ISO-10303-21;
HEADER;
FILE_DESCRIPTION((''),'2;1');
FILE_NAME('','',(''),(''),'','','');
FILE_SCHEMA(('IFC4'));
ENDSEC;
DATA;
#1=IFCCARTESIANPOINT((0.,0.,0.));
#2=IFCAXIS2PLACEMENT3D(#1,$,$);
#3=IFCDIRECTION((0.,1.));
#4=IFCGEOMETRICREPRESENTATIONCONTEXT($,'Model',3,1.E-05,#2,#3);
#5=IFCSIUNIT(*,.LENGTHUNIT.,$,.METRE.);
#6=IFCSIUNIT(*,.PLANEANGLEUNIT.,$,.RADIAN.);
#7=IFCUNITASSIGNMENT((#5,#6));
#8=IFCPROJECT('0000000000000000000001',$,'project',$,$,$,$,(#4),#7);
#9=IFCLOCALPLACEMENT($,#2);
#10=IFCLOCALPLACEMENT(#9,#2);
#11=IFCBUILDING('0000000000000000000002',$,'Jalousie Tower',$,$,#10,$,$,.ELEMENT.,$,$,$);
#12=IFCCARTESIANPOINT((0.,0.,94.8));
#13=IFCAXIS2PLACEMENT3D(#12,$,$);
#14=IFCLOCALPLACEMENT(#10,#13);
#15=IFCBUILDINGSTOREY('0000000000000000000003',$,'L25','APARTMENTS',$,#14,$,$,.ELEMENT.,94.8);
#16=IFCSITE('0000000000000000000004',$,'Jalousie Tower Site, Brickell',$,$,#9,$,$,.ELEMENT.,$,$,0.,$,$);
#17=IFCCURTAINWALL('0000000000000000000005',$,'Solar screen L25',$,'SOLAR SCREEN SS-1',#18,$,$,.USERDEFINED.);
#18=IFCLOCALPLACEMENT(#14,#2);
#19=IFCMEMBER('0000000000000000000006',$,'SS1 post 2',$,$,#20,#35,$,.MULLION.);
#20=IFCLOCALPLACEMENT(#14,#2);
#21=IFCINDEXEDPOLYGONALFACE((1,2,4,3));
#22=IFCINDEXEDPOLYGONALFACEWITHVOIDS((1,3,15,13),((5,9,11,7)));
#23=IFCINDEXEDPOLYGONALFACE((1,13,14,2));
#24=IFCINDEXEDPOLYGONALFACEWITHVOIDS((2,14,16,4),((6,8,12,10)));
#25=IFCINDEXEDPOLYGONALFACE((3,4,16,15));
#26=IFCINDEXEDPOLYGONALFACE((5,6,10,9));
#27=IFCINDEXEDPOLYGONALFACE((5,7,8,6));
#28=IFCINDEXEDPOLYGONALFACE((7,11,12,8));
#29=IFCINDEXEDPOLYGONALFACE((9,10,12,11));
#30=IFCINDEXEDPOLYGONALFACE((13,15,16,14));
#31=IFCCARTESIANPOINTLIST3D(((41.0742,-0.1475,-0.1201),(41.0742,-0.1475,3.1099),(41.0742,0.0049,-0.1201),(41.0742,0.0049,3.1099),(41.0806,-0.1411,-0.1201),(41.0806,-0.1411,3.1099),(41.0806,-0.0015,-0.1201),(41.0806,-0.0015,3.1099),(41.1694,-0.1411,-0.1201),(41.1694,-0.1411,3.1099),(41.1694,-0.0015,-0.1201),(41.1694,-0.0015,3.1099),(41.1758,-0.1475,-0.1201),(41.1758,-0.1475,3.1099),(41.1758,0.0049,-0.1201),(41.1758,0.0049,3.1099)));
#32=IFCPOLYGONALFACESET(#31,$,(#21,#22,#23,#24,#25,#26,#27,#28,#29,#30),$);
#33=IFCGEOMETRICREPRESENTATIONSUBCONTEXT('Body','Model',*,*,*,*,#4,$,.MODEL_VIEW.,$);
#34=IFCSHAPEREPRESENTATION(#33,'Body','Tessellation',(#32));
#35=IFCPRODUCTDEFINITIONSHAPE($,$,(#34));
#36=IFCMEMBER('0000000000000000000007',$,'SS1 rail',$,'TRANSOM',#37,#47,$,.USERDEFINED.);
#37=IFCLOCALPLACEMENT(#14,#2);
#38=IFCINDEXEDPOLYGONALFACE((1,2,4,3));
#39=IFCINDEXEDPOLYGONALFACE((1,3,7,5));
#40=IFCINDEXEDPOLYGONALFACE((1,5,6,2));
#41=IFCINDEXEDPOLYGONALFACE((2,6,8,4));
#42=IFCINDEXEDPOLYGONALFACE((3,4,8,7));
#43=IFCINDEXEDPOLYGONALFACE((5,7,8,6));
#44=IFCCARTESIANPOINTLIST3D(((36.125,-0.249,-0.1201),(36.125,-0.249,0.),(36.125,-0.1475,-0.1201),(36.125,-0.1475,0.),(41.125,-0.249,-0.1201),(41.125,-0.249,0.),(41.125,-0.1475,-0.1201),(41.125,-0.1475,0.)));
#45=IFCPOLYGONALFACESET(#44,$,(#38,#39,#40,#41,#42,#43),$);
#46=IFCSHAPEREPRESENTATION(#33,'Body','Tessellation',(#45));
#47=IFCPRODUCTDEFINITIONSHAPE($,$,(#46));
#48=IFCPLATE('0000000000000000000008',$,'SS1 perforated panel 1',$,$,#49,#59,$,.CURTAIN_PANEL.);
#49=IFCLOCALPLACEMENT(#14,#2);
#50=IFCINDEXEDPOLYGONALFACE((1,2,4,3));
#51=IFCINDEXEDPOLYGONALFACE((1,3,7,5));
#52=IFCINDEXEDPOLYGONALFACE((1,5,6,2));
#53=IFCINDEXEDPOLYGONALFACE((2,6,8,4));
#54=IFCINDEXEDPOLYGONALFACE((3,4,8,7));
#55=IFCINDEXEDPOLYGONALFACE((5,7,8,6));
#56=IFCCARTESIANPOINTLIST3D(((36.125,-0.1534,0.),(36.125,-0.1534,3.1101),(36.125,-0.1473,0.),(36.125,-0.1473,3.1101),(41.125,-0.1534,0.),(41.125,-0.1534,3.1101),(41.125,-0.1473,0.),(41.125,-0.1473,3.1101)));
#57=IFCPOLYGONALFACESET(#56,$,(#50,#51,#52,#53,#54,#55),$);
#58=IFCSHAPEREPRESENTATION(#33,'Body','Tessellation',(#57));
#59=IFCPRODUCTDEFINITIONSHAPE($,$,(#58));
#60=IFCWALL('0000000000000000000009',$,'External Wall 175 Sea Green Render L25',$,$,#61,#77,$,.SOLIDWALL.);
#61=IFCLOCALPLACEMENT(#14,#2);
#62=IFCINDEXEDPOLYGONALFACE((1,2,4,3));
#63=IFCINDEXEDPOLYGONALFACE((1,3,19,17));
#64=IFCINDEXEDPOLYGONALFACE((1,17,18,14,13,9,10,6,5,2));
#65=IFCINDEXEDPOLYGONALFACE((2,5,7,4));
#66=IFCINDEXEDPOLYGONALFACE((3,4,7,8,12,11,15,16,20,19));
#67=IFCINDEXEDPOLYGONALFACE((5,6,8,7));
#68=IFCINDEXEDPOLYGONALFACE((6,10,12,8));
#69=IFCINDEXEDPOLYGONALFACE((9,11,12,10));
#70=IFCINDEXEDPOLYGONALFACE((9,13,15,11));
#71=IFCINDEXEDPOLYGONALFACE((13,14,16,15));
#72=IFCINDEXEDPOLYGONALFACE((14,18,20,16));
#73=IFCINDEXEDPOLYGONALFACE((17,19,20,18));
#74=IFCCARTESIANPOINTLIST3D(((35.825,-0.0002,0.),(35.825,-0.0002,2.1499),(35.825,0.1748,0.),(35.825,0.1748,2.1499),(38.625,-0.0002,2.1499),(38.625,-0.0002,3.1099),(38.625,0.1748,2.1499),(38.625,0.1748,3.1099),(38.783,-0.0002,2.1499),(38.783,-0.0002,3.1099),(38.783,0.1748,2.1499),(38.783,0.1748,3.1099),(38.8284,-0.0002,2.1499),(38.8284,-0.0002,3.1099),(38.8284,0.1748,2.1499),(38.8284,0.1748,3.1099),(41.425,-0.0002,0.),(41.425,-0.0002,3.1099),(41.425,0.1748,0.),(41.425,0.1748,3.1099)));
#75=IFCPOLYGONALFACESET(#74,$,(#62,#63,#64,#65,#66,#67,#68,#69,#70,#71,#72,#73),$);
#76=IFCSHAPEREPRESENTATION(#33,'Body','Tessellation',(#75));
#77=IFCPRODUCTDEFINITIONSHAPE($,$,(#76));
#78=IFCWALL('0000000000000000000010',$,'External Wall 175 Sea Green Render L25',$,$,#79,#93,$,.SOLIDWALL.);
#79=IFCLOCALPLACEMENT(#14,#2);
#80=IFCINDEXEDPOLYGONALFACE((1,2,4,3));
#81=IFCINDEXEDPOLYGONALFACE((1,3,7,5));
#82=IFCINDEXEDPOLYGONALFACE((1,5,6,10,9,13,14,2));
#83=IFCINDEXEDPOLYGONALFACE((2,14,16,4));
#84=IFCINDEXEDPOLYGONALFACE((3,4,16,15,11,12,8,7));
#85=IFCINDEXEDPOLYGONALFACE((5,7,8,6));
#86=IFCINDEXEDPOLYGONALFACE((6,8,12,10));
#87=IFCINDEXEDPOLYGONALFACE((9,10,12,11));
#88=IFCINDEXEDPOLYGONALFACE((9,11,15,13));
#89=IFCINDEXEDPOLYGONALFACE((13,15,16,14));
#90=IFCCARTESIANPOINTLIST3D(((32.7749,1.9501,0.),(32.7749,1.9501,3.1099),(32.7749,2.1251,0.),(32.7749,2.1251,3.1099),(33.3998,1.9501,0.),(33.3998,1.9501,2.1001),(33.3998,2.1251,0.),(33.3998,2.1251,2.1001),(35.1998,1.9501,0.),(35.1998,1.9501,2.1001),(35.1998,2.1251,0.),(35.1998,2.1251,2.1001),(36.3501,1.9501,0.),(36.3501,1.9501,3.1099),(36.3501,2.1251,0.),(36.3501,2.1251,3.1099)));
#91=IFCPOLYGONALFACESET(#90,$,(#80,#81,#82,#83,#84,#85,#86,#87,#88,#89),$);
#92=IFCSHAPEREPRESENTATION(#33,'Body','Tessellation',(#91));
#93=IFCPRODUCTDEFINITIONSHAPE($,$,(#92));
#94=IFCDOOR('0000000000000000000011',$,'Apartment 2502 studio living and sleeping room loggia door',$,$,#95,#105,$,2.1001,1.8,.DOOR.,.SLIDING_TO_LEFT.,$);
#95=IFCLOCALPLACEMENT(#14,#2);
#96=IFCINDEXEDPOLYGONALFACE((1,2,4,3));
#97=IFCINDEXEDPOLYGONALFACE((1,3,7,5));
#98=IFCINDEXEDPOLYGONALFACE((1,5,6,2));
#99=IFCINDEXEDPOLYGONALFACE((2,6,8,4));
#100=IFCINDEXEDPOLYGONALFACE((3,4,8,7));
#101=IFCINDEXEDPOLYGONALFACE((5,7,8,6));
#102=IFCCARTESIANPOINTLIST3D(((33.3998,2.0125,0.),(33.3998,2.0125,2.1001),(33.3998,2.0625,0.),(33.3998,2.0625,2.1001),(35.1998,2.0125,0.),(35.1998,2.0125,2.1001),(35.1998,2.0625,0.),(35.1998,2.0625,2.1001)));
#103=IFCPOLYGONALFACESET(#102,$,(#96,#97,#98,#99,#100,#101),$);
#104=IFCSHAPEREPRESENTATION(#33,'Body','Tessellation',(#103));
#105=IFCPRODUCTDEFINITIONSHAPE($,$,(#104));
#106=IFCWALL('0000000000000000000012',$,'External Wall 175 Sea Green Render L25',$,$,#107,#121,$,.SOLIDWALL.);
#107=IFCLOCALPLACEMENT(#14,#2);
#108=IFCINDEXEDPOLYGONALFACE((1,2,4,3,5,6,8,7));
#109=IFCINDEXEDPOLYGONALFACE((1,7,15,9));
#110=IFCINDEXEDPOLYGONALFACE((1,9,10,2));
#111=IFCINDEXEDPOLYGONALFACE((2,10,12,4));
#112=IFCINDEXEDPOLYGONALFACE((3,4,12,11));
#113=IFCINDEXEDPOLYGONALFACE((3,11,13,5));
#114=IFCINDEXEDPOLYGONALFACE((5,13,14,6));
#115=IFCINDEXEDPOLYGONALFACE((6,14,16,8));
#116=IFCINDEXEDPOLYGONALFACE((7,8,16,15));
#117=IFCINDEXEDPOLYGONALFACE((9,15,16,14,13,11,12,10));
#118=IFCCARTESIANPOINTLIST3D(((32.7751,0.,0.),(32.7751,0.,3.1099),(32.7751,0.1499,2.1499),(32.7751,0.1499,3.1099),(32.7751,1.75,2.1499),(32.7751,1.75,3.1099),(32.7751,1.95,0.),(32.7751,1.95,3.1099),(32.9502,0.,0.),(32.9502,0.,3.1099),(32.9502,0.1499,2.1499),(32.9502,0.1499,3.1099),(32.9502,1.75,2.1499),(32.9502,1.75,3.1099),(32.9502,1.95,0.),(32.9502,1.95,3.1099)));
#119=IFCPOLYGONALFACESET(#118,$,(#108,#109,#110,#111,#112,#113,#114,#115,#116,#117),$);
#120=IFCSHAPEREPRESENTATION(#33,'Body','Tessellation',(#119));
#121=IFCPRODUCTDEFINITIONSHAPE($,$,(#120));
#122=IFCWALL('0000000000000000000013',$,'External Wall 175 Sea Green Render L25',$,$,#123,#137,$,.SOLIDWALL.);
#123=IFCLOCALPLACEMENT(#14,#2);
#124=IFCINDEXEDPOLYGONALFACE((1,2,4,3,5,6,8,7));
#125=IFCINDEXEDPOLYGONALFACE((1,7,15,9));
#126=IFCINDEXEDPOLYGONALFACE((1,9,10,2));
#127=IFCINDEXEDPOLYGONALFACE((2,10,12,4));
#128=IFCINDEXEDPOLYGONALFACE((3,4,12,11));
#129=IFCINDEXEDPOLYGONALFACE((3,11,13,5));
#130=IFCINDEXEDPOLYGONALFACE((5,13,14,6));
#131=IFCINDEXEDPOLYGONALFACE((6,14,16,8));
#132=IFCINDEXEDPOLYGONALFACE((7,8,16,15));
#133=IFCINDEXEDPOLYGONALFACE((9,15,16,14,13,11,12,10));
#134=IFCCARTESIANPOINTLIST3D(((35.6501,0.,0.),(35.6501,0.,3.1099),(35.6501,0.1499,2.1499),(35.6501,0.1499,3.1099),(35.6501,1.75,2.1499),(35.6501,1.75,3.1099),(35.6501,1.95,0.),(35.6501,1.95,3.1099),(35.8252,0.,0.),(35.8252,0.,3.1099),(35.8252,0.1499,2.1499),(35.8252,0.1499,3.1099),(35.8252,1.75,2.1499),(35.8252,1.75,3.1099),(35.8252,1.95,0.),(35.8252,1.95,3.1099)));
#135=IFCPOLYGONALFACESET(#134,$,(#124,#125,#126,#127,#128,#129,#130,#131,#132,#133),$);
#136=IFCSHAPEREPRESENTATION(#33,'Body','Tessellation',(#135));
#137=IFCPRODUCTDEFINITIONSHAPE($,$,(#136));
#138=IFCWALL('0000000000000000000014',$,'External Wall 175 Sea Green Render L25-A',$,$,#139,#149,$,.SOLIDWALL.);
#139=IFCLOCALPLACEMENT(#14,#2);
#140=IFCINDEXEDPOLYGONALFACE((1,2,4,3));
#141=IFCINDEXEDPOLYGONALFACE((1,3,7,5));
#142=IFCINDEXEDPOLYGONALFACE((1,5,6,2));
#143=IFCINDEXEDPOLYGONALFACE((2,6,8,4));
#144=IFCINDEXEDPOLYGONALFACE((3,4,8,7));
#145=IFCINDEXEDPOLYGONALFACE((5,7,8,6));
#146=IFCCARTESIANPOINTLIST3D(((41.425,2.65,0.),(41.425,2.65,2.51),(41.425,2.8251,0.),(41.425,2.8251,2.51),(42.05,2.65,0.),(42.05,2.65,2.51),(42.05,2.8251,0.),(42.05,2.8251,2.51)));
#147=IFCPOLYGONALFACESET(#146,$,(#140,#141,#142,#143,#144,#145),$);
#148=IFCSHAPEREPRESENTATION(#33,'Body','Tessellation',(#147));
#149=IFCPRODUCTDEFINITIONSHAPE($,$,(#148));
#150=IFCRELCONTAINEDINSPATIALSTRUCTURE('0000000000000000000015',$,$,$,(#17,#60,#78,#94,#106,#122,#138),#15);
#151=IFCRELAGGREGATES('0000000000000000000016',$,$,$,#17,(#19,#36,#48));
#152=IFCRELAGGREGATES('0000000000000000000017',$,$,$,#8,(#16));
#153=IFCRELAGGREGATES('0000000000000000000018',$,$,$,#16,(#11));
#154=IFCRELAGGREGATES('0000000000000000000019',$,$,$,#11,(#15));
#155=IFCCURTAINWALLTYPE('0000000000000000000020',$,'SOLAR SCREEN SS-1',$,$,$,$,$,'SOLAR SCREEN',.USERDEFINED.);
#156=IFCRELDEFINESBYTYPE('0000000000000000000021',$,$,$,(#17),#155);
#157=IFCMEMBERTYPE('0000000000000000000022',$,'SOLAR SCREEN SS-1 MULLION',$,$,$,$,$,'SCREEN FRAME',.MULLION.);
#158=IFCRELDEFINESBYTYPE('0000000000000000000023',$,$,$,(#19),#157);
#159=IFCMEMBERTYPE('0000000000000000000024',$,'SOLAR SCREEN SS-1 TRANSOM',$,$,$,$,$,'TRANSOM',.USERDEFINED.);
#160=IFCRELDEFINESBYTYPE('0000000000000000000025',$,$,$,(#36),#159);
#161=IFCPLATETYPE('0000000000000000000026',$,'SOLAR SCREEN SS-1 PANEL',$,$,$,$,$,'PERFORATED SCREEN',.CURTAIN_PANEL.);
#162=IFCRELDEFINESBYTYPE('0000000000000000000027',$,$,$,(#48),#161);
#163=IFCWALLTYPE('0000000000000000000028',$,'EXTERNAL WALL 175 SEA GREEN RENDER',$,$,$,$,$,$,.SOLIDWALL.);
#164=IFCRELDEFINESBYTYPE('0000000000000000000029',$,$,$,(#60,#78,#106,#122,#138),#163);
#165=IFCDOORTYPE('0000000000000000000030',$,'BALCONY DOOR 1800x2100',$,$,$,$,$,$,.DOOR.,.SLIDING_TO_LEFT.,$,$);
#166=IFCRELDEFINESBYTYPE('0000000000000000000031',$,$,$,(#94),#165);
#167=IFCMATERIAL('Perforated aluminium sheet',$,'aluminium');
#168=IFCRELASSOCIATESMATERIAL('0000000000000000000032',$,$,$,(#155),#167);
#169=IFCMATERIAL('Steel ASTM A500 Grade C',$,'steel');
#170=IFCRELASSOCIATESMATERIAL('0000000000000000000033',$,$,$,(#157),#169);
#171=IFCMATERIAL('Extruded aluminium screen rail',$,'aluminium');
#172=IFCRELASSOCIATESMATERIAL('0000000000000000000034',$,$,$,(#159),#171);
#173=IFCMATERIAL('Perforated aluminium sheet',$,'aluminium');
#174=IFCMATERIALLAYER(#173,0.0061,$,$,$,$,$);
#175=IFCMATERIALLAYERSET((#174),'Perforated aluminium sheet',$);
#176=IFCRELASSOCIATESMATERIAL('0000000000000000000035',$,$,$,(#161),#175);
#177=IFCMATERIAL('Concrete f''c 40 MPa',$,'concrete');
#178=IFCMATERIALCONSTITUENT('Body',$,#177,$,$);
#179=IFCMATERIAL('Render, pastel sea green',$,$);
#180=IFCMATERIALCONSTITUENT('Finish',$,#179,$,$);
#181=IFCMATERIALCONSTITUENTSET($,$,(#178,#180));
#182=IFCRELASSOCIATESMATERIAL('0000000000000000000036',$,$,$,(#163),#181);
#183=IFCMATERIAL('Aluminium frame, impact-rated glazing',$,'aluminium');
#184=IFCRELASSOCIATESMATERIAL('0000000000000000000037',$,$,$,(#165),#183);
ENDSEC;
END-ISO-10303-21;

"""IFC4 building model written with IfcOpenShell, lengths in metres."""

from ifc_helpers import new_model, si_unit, direction, frame, frame_2d, origin, origin_2d, place, context, subcontext, project, spatial, polyline, rectangle, hollow_rectangle, outline, extrude, material, layer, layer_set, constituent, constituent_set, material_profile, profile_set, type_object, element, fill, aggregate, save


model = new_model("IFC4")

# Units and contexts
model_context = context("Model", 3, precision=1e-05, world=origin(), true_north=direction((0.0, 1.0)))
body_context = subcontext(model_context, "Body", "Model", "MODEL_VIEW")
ifc_project = project(units=[si_unit("LENGTHUNIT", "METRE"), si_unit("PLANEANGLEUNIT", "RADIAN")], contexts=[model_context])

# Site, building, storey
site_placement = place(None, origin())
site = spatial("IfcSite", under=ifc_project, at=site_placement, Name="Jalousie Tower Site, Brickell", CompositionType="ELEMENT", RefElevation=0.0)
building_placement = place(site_placement, origin())
building = spatial("IfcBuilding", under=site, at=building_placement, Name="Jalousie Tower", CompositionType="ELEMENT")
storey_placement = place(building_placement, frame((0.0, 0.0, 94.8)))
storey = spatial("IfcBuildingStorey", under=building, at=storey_placement, Name="L25", Description="APARTMENTS", CompositionType="ELEMENT", Elevation=94.8)

# Shared definitions
ifc_material_1 = material(Name="Perforated aluminium sheet", Category="aluminium")
curtain_wall_type = type_object("IfcCurtainWallType", Name="SOLAR SCREEN SS-1", ElementType="SOLAR SCREEN", PredefinedType="USERDEFINED", material=ifc_material_1)
ifc_material_2 = material(Name="Steel ASTM A500 Grade C", Category="steel")
ifc_material_profile_1 = material_profile(ifc_material_2, hollow_rectangle(XDim=0.1016, YDim=0.1523, WallThickness=0.0063, at=origin_2d()), Name="HSS6X4X1/4")
ifc_profile_set_1 = profile_set([ifc_material_profile_1], Name="Steel ASTM A500 Grade C")
member_type_1 = type_object("IfcMemberType", Name="SOLAR SCREEN SS-1 MULLION", ElementType="SCREEN FRAME", PredefinedType="MULLION", material=ifc_profile_set_1)

# Curtain wall, members, plate
curtain_wall_1_placement = place(storey_placement, origin())
curtain_wall_1 = element("IfcCurtainWall", 1, at=curtain_wall_1_placement, inside=storey, type_object=curtain_wall_type, Name="Solar screen L25", ObjectType="SOLAR SCREEN SS-1", PredefinedType="USERDEFINED")
member_1_placement = place(storey_placement, frame((41.125, -0.0713, -0.1201), z_axis=(0.0, 0.0, 1.0), x_axis=(1.0, 0.0, 0.0)))
member_1 = element("IfcMember", 2, at=member_1_placement, type_object=member_type_1, Name="SS1 post 2", PredefinedType="MULLION", context=body_context, shape_type="SweptSolid", body=[
    extrude(hollow_rectangle(XDim=0.1016, YDim=0.1523, WallThickness=0.0063, at=origin_2d()), origin(), (0.0, 0.0, 1.0), 3.23),
])
ifc_material_3 = material(Name="Extruded aluminium screen rail", Category="aluminium")
ifc_material_profile_2 = material_profile(ifc_material_3, rectangle(XDim=0.1016, YDim=0.1201, at=origin_2d()), Name="RAIL 102x120")
ifc_profile_set_2 = profile_set([ifc_material_profile_2], Name="Extruded aluminium screen rail")
member_type_2 = type_object("IfcMemberType", Name="SOLAR SCREEN SS-1 TRANSOM", ElementType="TRANSOM", PredefinedType="USERDEFINED", material=ifc_profile_set_2)
member_2_placement = place(storey_placement, frame((36.125, -0.1982, -0.0601), z_axis=(1.0, 0.0, 0.0), x_axis=(0.0, 1.0, 0.0)))
member_2 = element("IfcMember", 3, at=member_2_placement, type_object=member_type_2, Name="SS1 rail", ObjectType="TRANSOM", PredefinedType="USERDEFINED", context=body_context, shape_type="SweptSolid", body=[
    extrude(rectangle(XDim=0.1016, YDim=0.1201, at=origin_2d()), origin(), (0.0, 0.0, 1.0), 5.0),
])
ifc_material_4 = material(Name="Perforated aluminium sheet", Category="aluminium")
ifc_layer_1 = layer(ifc_material_4, 0.0061)
ifc_layer_set_1 = layer_set([ifc_layer_1], Name="Perforated aluminium sheet")
plate_type = type_object("IfcPlateType", Name="SOLAR SCREEN SS-1 PANEL", ElementType="PERFORATED SCREEN", PredefinedType="CURTAIN_PANEL", material=ifc_layer_set_1)
plate_placement = place(storey_placement, frame((38.625, -0.1504, 0.0), z_axis=(0.0, 0.0, 1.0), x_axis=(1.0, 0.0, 0.0)))
plate = element("IfcPlate", 4, at=plate_placement, type_object=plate_type, Name="SS1 perforated panel 1", PredefinedType="CURTAIN_PANEL", context=body_context, shape_type="SweptSolid", body=[
    extrude(rectangle(XDim=5.0, YDim=0.0061, at=origin_2d()), origin(), (0.0, 0.0, 1.0), 3.1101),
])
aggregate(curtain_wall_1, [member_1, member_2, plate])

# Wall
ifc_material_5 = material(Name="Concrete f'c 40 MPa", Category="concrete")
ifc_constituent_1 = constituent(ifc_material_5, Name="Body")
ifc_material_6 = material(Name="Render, pastel sea green")
ifc_constituent_2 = constituent(ifc_material_6, Name="Finish")
ifc_constituent_set_1 = constituent_set(constituents=[ifc_constituent_1, ifc_constituent_2])
wall_type_1 = type_object("IfcWallType", Name="EXTERNAL WALL 175 SEA GREEN RENDER", PredefinedType="SOLIDWALL", material=ifc_constituent_set_1)
wall_1_placement = place(storey_placement, frame((35.825, 0.0874, 0.0), z_axis=(0.0, 0.0, 1.0), x_axis=(1.0, 0.0, 0.0)))
element("IfcWall", 5, at=wall_1_placement, inside=storey, type_object=wall_type_1, Name="External Wall 175 Sea Green Render L25", PredefinedType="SOLIDWALL", context=body_context, shape_type="SweptSolid", body=[
    extrude(outline(polyline([(0.0, 0.0), (5.6001, 0.0), (5.6001, 3.1099), (3.0034, 3.1099), (3.0034, 2.1499), (2.958, 2.1499), (2.958, 3.1099), (2.8, 3.1099), (2.8, 2.1499), (0.0, 2.1499), (0.0, 0.0)])), frame((0.0, 0.0874, 0.0), z_axis=(0.0, -1.0, 0.0), x_axis=(1.0, 0.0, 0.0)), (0.0, 0.0, 1.0), 0.175),
])

# Wall, opening, door
wall_2_placement = place(storey_placement, frame((32.7749, 2.0376, 0.0), z_axis=(0.0, 0.0, 1.0), x_axis=(1.0, 0.0, 0.0)))
wall_2 = element("IfcWall", 6, at=wall_2_placement, inside=storey, type_object=wall_type_1, Name="External Wall 175 Sea Green Render L25", PredefinedType="SOLIDWALL", context=body_context, shape_type="SweptSolid", body=[
    extrude(rectangle(XDim=3.5752, YDim=0.175, at=frame_2d((1.7876, 0.0))), origin(), (0.0, 0.0, 1.0), 3.1099),
])
opening_1_placement = place(wall_2_placement, frame((0.625, 0.0, 0.0)))
opening_1 = element("IfcOpeningElement", 7, at=opening_1_placement, cuts=wall_2, PredefinedType="OPENING", context=body_context, shape_type="SweptSolid", body=[
    extrude(rectangle(XDim=1.8, YDim=2.1001, at=frame_2d((0.8999, 1.05))), frame((0.0, 0.0974, 0.0), z_axis=(0.0, -1.0, 0.0), x_axis=(1.0, 0.0, 0.0)), (0.0, 0.0, 1.0), 0.1951),
])
ifc_material_7 = material(Name="Aluminium frame, impact-rated glazing", Category="aluminium")
door_type_1 = type_object("IfcDoorType", Name="BALCONY DOOR 1800x2100", OperationType="SLIDING_TO_LEFT", PredefinedType="DOOR", material=ifc_material_7)
door_1_placement = place(opening_1_placement, origin())
door_1 = element("IfcDoor", 8, at=door_1_placement, inside=storey, type_object=door_type_1, Name="Apartment 2502 studio living and sleeping room loggia door", OperationType="SLIDING_TO_LEFT", OverallHeight=2.1001, OverallWidth=1.8, PredefinedType="DOOR", context=body_context, shape_type="SweptSolid", body=[
    extrude(rectangle(XDim=1.8, YDim=2.1001, at=frame_2d((0.8999, 1.05))), frame((0.0, 0.0249, 0.0), z_axis=(0.0, -1.0, 0.0), x_axis=(1.0, 0.0, 0.0)), (0.0, 0.0, 1.0), 0.05),
])
fill(opening_1, door_1)

# Walls
for number, where, z_axis, x_axis, name in (
    (9, (32.8625, 0.0, 0.0), (0.0, 0.0, 1.0), (0.0, 1.0, 0.0), "External Wall 175 Sea Green Render L25"),
    (10, (35.7375, 0.0, 0.0), (0.0, 0.0, 1.0), (0.0, 1.0, 0.0), "External Wall 175 Sea Green Render L25"),
):
    element("IfcWall", number, at=place(storey_placement, frame(where, z_axis=z_axis, x_axis=x_axis)), inside=storey, type_object=wall_type_1, Name=name, PredefinedType="SOLIDWALL", context=body_context, shape_type="SweptSolid", body=[
        extrude(outline(polyline([(0.0, 0.0), (1.95, 0.0), (1.95, 3.1099), (1.75, 3.1099), (1.75, 2.1499), (0.1499, 2.1499), (0.1499, 3.1099), (0.0, 3.1099), (0.0, 0.0)])), frame((0.0, 0.0874, 0.0), z_axis=(0.0, -1.0, 0.0), x_axis=(1.0, 0.0, 0.0)), (0.0, 0.0, 1.0), 0.175),
    ])
wall_3_placement = place(storey_placement, frame((41.425, 2.7375, 0.0), z_axis=(0.0, 0.0, 1.0), x_axis=(1.0, 0.0, 0.0)))
element("IfcWall", 11, at=wall_3_placement, inside=storey, type_object=wall_type_1, Name="External Wall 175 Sea Green Render L25-A", PredefinedType="SOLIDWALL", context=body_context, shape_type="SweptSolid", body=[
    extrude(rectangle(XDim=0.625, YDim=0.175, at=frame_2d((0.3125, 0.0))), origin(), (0.0, 0.0, 1.0), 2.51),
])

save(model, "model.ifc")
